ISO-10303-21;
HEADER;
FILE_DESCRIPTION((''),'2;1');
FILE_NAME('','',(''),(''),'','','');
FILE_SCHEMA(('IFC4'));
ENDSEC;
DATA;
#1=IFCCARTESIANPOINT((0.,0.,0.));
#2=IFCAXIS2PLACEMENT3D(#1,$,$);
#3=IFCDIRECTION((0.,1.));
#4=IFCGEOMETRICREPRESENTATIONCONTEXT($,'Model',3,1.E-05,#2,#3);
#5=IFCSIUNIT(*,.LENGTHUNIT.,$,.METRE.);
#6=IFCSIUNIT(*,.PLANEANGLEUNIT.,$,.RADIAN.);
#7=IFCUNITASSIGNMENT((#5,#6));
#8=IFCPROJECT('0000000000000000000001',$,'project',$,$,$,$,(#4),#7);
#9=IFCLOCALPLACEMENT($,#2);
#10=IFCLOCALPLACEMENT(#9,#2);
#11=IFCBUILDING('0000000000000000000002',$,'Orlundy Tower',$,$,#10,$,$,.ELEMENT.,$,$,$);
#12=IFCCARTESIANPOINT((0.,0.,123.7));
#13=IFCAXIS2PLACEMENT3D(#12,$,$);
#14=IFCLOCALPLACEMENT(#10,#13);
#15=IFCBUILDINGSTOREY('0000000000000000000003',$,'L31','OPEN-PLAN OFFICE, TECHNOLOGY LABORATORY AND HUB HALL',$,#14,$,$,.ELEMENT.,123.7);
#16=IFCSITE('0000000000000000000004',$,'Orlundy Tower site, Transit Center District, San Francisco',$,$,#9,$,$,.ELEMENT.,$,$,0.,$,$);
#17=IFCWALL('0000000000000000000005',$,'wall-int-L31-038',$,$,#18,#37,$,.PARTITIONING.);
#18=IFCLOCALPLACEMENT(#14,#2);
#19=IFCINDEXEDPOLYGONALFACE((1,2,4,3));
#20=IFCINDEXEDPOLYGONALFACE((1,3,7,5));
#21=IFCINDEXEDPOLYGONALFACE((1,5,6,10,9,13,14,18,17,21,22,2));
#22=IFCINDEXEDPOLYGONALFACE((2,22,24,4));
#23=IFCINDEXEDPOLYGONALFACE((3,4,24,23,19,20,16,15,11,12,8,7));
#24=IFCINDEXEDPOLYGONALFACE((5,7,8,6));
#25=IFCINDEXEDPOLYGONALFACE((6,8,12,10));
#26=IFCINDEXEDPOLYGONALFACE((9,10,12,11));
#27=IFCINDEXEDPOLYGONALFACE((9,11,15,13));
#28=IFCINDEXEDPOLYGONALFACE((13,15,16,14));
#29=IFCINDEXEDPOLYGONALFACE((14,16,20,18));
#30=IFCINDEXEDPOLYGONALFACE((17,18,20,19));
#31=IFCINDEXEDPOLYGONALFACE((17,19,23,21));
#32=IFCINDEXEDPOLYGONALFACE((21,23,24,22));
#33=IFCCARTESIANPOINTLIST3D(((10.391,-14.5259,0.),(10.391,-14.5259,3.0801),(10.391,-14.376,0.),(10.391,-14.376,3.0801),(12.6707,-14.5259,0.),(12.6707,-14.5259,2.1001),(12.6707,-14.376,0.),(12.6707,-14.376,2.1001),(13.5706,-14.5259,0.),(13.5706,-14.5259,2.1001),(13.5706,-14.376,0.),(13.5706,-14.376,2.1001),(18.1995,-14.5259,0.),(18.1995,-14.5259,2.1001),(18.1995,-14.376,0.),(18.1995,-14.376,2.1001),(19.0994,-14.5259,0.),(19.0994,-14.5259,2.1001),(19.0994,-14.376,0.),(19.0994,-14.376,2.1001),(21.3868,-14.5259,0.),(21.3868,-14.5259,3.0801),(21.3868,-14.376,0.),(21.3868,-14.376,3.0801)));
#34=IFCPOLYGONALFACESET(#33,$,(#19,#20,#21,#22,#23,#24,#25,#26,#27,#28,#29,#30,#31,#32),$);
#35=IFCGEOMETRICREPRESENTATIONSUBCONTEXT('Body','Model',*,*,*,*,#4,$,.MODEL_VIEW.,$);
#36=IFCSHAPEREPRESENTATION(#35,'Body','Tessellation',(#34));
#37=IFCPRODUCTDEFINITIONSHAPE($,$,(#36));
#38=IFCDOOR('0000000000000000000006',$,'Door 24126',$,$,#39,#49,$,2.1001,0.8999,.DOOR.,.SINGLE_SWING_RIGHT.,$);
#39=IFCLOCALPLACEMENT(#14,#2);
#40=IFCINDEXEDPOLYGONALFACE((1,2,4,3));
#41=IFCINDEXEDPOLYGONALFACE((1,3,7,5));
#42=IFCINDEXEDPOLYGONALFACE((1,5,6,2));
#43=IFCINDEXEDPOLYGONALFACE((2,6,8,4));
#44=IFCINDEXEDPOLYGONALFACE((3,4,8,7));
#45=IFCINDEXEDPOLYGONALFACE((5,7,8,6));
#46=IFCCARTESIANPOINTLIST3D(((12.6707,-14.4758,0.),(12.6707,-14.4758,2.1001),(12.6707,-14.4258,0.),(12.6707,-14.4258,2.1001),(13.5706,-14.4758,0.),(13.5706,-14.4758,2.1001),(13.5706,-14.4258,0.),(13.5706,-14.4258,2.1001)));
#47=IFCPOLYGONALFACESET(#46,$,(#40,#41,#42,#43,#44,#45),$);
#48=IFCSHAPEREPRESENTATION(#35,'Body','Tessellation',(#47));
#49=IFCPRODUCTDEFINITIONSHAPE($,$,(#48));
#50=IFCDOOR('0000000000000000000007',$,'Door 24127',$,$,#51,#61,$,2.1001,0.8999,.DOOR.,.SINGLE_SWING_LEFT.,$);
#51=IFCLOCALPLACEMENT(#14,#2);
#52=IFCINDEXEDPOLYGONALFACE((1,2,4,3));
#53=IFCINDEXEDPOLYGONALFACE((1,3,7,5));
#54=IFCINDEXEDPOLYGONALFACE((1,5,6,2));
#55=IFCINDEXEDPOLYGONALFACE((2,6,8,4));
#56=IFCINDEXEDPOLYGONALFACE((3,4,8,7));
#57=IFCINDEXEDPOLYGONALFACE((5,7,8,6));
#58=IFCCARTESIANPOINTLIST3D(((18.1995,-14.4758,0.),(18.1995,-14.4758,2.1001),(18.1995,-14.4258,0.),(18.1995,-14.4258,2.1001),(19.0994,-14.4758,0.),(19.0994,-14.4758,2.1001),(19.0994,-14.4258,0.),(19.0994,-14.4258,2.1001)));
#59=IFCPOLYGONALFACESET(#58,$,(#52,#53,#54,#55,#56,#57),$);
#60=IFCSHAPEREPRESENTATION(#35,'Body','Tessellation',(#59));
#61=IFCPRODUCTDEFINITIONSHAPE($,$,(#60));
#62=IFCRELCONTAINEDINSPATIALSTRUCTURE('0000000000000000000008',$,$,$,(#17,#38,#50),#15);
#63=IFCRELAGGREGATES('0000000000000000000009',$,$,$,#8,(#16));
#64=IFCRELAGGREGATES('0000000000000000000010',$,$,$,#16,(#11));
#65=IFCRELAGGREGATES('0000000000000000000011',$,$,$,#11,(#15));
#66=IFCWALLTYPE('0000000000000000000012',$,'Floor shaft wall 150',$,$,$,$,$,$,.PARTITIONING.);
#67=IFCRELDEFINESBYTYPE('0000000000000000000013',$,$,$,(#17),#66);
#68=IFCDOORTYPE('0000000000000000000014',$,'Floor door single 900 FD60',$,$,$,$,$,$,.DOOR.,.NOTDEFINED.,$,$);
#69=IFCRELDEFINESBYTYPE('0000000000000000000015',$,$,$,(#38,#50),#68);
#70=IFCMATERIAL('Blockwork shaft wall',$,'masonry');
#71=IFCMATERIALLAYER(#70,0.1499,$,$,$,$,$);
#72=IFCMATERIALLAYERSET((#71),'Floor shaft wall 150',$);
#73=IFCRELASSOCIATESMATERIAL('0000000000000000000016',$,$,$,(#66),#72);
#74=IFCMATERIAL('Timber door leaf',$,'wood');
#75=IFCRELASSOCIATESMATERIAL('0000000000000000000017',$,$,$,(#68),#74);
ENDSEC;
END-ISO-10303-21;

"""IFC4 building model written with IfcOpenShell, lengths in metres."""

from ifc_helpers import new_model, si_unit, direction, frame, frame_2d, origin, place, context, subcontext, project, spatial, rectangle, extrude, material, layer, layer_set, type_object, element, fill, save


model = new_model("IFC4")

# Units and contexts
model_context = context("Model", 3, precision=1e-05, world=origin(), true_north=direction((0.0, 1.0)))
body_context = subcontext(model_context, "Body", "Model", "MODEL_VIEW")
ifc_project = project(units=[si_unit("LENGTHUNIT", "METRE"), si_unit("PLANEANGLEUNIT", "RADIAN")], contexts=[model_context])

# Site, building, storey
site_placement = place(None, origin())
site = spatial("IfcSite", under=ifc_project, at=site_placement, Name="Orlundy Tower site, Transit Center District, San Francisco", CompositionType="ELEMENT", RefElevation=0.0)
building_placement = place(site_placement, origin())
building = spatial("IfcBuilding", under=site, at=building_placement, Name="Orlundy Tower", CompositionType="ELEMENT")
storey_placement = place(building_placement, frame((0.0, 0.0, 123.7)))
storey = spatial("IfcBuildingStorey", under=building, at=storey_placement, Name="L31", Description="OPEN-PLAN OFFICE, TECHNOLOGY LABORATORY AND HUB HALL", CompositionType="ELEMENT", Elevation=123.7)

# Wall, openings, doors
ifc_material_1 = material(Name="Blockwork shaft wall", Category="masonry")
ifc_layer_1 = layer(ifc_material_1, 0.1499)
ifc_layer_set_1 = layer_set([ifc_layer_1], Name="Floor shaft wall 150")
wall_type_1 = type_object("IfcWallType", Name="Floor shaft wall 150", PredefinedType="PARTITIONING", material=ifc_layer_set_1)
wall_1_placement = place(storey_placement, frame((21.387, -14.4509, 0.0), z_axis=(0.0, 0.0, 1.0), x_axis=(-1.0, 0.0, 0.0)))
wall_1 = element("IfcWall", 1, at=wall_1_placement, inside=storey, type_object=wall_type_1, Name="wall-int-L31-038", PredefinedType="PARTITIONING", context=body_context, shape_type="SweptSolid", body=[
    extrude(rectangle(XDim=10.9958, YDim=0.1499, at=frame_2d((5.498, 0.0))), origin(), (0.0, 0.0, 1.0), 3.0801),
])
opening_1_placement = place(wall_1_placement, frame((7.8164, 0.0, 0.0)))
opening_1 = element("IfcOpeningElement", 2, at=opening_1_placement, cuts=wall_1, PredefinedType="OPENING", context=body_context, shape_type="SweptSolid", body=[
    extrude(rectangle(XDim=0.8999, YDim=2.1001, at=frame_2d((0.45, 1.05))), frame((0.0, 0.085, 0.0), z_axis=(0.0, -1.0, 0.0), x_axis=(1.0, 0.0, 0.0)), (0.0, 0.0, 1.0), 0.1699),
])
opening_2_placement = place(wall_1_placement, frame((2.2876, 0.0, 0.0)))
opening_2 = element("IfcOpeningElement", 3, at=opening_2_placement, cuts=wall_1, PredefinedType="OPENING", context=body_context, shape_type="SweptSolid", body=[
    extrude(rectangle(XDim=0.8999, YDim=2.1001, at=frame_2d((0.45, 1.05))), frame((0.0, 0.085, 0.0), z_axis=(0.0, -1.0, 0.0), x_axis=(1.0, 0.0, 0.0)), (0.0, 0.0, 1.0), 0.1699),
])
ifc_material_2 = material(Name="Timber door leaf", Category="wood")
door_type = type_object("IfcDoorType", Name="Floor door single 900 FD60", OperationType="NOTDEFINED", PredefinedType="DOOR", material=ifc_material_2)
door_1_placement = place(opening_1_placement, origin())
door_1 = element("IfcDoor", 4, at=door_1_placement, inside=storey, type_object=door_type, Name="Door 24126", OperationType="SINGLE_SWING_RIGHT", OverallHeight=2.1001, OverallWidth=0.8999, PredefinedType="DOOR", context=body_context, shape_type="SweptSolid", body=[
    extrude(rectangle(XDim=0.8999, YDim=2.1001, at=frame_2d((0.45, 1.05))), frame((0.0, 0.0249, 0.0), z_axis=(0.0, -1.0, 0.0), x_axis=(1.0, 0.0, 0.0)), (0.0, 0.0, 1.0), 0.05),
])
fill(opening_1, door_1)
door_2_placement = place(opening_2_placement, origin())
door_2 = element("IfcDoor", 5, at=door_2_placement, inside=storey, type_object=door_type, Name="Door 24127", OperationType="SINGLE_SWING_LEFT", OverallHeight=2.1001, OverallWidth=0.8999, PredefinedType="DOOR", context=body_context, shape_type="SweptSolid", body=[
    extrude(rectangle(XDim=0.8999, YDim=2.1001, at=frame_2d((0.45, 1.05))), frame((0.0, 0.0249, 0.0), z_axis=(0.0, -1.0, 0.0), x_axis=(1.0, 0.0, 0.0)), (0.0, 0.0, 1.0), 0.05),
])
fill(opening_2, door_2)

save(model, "model.ifc")
